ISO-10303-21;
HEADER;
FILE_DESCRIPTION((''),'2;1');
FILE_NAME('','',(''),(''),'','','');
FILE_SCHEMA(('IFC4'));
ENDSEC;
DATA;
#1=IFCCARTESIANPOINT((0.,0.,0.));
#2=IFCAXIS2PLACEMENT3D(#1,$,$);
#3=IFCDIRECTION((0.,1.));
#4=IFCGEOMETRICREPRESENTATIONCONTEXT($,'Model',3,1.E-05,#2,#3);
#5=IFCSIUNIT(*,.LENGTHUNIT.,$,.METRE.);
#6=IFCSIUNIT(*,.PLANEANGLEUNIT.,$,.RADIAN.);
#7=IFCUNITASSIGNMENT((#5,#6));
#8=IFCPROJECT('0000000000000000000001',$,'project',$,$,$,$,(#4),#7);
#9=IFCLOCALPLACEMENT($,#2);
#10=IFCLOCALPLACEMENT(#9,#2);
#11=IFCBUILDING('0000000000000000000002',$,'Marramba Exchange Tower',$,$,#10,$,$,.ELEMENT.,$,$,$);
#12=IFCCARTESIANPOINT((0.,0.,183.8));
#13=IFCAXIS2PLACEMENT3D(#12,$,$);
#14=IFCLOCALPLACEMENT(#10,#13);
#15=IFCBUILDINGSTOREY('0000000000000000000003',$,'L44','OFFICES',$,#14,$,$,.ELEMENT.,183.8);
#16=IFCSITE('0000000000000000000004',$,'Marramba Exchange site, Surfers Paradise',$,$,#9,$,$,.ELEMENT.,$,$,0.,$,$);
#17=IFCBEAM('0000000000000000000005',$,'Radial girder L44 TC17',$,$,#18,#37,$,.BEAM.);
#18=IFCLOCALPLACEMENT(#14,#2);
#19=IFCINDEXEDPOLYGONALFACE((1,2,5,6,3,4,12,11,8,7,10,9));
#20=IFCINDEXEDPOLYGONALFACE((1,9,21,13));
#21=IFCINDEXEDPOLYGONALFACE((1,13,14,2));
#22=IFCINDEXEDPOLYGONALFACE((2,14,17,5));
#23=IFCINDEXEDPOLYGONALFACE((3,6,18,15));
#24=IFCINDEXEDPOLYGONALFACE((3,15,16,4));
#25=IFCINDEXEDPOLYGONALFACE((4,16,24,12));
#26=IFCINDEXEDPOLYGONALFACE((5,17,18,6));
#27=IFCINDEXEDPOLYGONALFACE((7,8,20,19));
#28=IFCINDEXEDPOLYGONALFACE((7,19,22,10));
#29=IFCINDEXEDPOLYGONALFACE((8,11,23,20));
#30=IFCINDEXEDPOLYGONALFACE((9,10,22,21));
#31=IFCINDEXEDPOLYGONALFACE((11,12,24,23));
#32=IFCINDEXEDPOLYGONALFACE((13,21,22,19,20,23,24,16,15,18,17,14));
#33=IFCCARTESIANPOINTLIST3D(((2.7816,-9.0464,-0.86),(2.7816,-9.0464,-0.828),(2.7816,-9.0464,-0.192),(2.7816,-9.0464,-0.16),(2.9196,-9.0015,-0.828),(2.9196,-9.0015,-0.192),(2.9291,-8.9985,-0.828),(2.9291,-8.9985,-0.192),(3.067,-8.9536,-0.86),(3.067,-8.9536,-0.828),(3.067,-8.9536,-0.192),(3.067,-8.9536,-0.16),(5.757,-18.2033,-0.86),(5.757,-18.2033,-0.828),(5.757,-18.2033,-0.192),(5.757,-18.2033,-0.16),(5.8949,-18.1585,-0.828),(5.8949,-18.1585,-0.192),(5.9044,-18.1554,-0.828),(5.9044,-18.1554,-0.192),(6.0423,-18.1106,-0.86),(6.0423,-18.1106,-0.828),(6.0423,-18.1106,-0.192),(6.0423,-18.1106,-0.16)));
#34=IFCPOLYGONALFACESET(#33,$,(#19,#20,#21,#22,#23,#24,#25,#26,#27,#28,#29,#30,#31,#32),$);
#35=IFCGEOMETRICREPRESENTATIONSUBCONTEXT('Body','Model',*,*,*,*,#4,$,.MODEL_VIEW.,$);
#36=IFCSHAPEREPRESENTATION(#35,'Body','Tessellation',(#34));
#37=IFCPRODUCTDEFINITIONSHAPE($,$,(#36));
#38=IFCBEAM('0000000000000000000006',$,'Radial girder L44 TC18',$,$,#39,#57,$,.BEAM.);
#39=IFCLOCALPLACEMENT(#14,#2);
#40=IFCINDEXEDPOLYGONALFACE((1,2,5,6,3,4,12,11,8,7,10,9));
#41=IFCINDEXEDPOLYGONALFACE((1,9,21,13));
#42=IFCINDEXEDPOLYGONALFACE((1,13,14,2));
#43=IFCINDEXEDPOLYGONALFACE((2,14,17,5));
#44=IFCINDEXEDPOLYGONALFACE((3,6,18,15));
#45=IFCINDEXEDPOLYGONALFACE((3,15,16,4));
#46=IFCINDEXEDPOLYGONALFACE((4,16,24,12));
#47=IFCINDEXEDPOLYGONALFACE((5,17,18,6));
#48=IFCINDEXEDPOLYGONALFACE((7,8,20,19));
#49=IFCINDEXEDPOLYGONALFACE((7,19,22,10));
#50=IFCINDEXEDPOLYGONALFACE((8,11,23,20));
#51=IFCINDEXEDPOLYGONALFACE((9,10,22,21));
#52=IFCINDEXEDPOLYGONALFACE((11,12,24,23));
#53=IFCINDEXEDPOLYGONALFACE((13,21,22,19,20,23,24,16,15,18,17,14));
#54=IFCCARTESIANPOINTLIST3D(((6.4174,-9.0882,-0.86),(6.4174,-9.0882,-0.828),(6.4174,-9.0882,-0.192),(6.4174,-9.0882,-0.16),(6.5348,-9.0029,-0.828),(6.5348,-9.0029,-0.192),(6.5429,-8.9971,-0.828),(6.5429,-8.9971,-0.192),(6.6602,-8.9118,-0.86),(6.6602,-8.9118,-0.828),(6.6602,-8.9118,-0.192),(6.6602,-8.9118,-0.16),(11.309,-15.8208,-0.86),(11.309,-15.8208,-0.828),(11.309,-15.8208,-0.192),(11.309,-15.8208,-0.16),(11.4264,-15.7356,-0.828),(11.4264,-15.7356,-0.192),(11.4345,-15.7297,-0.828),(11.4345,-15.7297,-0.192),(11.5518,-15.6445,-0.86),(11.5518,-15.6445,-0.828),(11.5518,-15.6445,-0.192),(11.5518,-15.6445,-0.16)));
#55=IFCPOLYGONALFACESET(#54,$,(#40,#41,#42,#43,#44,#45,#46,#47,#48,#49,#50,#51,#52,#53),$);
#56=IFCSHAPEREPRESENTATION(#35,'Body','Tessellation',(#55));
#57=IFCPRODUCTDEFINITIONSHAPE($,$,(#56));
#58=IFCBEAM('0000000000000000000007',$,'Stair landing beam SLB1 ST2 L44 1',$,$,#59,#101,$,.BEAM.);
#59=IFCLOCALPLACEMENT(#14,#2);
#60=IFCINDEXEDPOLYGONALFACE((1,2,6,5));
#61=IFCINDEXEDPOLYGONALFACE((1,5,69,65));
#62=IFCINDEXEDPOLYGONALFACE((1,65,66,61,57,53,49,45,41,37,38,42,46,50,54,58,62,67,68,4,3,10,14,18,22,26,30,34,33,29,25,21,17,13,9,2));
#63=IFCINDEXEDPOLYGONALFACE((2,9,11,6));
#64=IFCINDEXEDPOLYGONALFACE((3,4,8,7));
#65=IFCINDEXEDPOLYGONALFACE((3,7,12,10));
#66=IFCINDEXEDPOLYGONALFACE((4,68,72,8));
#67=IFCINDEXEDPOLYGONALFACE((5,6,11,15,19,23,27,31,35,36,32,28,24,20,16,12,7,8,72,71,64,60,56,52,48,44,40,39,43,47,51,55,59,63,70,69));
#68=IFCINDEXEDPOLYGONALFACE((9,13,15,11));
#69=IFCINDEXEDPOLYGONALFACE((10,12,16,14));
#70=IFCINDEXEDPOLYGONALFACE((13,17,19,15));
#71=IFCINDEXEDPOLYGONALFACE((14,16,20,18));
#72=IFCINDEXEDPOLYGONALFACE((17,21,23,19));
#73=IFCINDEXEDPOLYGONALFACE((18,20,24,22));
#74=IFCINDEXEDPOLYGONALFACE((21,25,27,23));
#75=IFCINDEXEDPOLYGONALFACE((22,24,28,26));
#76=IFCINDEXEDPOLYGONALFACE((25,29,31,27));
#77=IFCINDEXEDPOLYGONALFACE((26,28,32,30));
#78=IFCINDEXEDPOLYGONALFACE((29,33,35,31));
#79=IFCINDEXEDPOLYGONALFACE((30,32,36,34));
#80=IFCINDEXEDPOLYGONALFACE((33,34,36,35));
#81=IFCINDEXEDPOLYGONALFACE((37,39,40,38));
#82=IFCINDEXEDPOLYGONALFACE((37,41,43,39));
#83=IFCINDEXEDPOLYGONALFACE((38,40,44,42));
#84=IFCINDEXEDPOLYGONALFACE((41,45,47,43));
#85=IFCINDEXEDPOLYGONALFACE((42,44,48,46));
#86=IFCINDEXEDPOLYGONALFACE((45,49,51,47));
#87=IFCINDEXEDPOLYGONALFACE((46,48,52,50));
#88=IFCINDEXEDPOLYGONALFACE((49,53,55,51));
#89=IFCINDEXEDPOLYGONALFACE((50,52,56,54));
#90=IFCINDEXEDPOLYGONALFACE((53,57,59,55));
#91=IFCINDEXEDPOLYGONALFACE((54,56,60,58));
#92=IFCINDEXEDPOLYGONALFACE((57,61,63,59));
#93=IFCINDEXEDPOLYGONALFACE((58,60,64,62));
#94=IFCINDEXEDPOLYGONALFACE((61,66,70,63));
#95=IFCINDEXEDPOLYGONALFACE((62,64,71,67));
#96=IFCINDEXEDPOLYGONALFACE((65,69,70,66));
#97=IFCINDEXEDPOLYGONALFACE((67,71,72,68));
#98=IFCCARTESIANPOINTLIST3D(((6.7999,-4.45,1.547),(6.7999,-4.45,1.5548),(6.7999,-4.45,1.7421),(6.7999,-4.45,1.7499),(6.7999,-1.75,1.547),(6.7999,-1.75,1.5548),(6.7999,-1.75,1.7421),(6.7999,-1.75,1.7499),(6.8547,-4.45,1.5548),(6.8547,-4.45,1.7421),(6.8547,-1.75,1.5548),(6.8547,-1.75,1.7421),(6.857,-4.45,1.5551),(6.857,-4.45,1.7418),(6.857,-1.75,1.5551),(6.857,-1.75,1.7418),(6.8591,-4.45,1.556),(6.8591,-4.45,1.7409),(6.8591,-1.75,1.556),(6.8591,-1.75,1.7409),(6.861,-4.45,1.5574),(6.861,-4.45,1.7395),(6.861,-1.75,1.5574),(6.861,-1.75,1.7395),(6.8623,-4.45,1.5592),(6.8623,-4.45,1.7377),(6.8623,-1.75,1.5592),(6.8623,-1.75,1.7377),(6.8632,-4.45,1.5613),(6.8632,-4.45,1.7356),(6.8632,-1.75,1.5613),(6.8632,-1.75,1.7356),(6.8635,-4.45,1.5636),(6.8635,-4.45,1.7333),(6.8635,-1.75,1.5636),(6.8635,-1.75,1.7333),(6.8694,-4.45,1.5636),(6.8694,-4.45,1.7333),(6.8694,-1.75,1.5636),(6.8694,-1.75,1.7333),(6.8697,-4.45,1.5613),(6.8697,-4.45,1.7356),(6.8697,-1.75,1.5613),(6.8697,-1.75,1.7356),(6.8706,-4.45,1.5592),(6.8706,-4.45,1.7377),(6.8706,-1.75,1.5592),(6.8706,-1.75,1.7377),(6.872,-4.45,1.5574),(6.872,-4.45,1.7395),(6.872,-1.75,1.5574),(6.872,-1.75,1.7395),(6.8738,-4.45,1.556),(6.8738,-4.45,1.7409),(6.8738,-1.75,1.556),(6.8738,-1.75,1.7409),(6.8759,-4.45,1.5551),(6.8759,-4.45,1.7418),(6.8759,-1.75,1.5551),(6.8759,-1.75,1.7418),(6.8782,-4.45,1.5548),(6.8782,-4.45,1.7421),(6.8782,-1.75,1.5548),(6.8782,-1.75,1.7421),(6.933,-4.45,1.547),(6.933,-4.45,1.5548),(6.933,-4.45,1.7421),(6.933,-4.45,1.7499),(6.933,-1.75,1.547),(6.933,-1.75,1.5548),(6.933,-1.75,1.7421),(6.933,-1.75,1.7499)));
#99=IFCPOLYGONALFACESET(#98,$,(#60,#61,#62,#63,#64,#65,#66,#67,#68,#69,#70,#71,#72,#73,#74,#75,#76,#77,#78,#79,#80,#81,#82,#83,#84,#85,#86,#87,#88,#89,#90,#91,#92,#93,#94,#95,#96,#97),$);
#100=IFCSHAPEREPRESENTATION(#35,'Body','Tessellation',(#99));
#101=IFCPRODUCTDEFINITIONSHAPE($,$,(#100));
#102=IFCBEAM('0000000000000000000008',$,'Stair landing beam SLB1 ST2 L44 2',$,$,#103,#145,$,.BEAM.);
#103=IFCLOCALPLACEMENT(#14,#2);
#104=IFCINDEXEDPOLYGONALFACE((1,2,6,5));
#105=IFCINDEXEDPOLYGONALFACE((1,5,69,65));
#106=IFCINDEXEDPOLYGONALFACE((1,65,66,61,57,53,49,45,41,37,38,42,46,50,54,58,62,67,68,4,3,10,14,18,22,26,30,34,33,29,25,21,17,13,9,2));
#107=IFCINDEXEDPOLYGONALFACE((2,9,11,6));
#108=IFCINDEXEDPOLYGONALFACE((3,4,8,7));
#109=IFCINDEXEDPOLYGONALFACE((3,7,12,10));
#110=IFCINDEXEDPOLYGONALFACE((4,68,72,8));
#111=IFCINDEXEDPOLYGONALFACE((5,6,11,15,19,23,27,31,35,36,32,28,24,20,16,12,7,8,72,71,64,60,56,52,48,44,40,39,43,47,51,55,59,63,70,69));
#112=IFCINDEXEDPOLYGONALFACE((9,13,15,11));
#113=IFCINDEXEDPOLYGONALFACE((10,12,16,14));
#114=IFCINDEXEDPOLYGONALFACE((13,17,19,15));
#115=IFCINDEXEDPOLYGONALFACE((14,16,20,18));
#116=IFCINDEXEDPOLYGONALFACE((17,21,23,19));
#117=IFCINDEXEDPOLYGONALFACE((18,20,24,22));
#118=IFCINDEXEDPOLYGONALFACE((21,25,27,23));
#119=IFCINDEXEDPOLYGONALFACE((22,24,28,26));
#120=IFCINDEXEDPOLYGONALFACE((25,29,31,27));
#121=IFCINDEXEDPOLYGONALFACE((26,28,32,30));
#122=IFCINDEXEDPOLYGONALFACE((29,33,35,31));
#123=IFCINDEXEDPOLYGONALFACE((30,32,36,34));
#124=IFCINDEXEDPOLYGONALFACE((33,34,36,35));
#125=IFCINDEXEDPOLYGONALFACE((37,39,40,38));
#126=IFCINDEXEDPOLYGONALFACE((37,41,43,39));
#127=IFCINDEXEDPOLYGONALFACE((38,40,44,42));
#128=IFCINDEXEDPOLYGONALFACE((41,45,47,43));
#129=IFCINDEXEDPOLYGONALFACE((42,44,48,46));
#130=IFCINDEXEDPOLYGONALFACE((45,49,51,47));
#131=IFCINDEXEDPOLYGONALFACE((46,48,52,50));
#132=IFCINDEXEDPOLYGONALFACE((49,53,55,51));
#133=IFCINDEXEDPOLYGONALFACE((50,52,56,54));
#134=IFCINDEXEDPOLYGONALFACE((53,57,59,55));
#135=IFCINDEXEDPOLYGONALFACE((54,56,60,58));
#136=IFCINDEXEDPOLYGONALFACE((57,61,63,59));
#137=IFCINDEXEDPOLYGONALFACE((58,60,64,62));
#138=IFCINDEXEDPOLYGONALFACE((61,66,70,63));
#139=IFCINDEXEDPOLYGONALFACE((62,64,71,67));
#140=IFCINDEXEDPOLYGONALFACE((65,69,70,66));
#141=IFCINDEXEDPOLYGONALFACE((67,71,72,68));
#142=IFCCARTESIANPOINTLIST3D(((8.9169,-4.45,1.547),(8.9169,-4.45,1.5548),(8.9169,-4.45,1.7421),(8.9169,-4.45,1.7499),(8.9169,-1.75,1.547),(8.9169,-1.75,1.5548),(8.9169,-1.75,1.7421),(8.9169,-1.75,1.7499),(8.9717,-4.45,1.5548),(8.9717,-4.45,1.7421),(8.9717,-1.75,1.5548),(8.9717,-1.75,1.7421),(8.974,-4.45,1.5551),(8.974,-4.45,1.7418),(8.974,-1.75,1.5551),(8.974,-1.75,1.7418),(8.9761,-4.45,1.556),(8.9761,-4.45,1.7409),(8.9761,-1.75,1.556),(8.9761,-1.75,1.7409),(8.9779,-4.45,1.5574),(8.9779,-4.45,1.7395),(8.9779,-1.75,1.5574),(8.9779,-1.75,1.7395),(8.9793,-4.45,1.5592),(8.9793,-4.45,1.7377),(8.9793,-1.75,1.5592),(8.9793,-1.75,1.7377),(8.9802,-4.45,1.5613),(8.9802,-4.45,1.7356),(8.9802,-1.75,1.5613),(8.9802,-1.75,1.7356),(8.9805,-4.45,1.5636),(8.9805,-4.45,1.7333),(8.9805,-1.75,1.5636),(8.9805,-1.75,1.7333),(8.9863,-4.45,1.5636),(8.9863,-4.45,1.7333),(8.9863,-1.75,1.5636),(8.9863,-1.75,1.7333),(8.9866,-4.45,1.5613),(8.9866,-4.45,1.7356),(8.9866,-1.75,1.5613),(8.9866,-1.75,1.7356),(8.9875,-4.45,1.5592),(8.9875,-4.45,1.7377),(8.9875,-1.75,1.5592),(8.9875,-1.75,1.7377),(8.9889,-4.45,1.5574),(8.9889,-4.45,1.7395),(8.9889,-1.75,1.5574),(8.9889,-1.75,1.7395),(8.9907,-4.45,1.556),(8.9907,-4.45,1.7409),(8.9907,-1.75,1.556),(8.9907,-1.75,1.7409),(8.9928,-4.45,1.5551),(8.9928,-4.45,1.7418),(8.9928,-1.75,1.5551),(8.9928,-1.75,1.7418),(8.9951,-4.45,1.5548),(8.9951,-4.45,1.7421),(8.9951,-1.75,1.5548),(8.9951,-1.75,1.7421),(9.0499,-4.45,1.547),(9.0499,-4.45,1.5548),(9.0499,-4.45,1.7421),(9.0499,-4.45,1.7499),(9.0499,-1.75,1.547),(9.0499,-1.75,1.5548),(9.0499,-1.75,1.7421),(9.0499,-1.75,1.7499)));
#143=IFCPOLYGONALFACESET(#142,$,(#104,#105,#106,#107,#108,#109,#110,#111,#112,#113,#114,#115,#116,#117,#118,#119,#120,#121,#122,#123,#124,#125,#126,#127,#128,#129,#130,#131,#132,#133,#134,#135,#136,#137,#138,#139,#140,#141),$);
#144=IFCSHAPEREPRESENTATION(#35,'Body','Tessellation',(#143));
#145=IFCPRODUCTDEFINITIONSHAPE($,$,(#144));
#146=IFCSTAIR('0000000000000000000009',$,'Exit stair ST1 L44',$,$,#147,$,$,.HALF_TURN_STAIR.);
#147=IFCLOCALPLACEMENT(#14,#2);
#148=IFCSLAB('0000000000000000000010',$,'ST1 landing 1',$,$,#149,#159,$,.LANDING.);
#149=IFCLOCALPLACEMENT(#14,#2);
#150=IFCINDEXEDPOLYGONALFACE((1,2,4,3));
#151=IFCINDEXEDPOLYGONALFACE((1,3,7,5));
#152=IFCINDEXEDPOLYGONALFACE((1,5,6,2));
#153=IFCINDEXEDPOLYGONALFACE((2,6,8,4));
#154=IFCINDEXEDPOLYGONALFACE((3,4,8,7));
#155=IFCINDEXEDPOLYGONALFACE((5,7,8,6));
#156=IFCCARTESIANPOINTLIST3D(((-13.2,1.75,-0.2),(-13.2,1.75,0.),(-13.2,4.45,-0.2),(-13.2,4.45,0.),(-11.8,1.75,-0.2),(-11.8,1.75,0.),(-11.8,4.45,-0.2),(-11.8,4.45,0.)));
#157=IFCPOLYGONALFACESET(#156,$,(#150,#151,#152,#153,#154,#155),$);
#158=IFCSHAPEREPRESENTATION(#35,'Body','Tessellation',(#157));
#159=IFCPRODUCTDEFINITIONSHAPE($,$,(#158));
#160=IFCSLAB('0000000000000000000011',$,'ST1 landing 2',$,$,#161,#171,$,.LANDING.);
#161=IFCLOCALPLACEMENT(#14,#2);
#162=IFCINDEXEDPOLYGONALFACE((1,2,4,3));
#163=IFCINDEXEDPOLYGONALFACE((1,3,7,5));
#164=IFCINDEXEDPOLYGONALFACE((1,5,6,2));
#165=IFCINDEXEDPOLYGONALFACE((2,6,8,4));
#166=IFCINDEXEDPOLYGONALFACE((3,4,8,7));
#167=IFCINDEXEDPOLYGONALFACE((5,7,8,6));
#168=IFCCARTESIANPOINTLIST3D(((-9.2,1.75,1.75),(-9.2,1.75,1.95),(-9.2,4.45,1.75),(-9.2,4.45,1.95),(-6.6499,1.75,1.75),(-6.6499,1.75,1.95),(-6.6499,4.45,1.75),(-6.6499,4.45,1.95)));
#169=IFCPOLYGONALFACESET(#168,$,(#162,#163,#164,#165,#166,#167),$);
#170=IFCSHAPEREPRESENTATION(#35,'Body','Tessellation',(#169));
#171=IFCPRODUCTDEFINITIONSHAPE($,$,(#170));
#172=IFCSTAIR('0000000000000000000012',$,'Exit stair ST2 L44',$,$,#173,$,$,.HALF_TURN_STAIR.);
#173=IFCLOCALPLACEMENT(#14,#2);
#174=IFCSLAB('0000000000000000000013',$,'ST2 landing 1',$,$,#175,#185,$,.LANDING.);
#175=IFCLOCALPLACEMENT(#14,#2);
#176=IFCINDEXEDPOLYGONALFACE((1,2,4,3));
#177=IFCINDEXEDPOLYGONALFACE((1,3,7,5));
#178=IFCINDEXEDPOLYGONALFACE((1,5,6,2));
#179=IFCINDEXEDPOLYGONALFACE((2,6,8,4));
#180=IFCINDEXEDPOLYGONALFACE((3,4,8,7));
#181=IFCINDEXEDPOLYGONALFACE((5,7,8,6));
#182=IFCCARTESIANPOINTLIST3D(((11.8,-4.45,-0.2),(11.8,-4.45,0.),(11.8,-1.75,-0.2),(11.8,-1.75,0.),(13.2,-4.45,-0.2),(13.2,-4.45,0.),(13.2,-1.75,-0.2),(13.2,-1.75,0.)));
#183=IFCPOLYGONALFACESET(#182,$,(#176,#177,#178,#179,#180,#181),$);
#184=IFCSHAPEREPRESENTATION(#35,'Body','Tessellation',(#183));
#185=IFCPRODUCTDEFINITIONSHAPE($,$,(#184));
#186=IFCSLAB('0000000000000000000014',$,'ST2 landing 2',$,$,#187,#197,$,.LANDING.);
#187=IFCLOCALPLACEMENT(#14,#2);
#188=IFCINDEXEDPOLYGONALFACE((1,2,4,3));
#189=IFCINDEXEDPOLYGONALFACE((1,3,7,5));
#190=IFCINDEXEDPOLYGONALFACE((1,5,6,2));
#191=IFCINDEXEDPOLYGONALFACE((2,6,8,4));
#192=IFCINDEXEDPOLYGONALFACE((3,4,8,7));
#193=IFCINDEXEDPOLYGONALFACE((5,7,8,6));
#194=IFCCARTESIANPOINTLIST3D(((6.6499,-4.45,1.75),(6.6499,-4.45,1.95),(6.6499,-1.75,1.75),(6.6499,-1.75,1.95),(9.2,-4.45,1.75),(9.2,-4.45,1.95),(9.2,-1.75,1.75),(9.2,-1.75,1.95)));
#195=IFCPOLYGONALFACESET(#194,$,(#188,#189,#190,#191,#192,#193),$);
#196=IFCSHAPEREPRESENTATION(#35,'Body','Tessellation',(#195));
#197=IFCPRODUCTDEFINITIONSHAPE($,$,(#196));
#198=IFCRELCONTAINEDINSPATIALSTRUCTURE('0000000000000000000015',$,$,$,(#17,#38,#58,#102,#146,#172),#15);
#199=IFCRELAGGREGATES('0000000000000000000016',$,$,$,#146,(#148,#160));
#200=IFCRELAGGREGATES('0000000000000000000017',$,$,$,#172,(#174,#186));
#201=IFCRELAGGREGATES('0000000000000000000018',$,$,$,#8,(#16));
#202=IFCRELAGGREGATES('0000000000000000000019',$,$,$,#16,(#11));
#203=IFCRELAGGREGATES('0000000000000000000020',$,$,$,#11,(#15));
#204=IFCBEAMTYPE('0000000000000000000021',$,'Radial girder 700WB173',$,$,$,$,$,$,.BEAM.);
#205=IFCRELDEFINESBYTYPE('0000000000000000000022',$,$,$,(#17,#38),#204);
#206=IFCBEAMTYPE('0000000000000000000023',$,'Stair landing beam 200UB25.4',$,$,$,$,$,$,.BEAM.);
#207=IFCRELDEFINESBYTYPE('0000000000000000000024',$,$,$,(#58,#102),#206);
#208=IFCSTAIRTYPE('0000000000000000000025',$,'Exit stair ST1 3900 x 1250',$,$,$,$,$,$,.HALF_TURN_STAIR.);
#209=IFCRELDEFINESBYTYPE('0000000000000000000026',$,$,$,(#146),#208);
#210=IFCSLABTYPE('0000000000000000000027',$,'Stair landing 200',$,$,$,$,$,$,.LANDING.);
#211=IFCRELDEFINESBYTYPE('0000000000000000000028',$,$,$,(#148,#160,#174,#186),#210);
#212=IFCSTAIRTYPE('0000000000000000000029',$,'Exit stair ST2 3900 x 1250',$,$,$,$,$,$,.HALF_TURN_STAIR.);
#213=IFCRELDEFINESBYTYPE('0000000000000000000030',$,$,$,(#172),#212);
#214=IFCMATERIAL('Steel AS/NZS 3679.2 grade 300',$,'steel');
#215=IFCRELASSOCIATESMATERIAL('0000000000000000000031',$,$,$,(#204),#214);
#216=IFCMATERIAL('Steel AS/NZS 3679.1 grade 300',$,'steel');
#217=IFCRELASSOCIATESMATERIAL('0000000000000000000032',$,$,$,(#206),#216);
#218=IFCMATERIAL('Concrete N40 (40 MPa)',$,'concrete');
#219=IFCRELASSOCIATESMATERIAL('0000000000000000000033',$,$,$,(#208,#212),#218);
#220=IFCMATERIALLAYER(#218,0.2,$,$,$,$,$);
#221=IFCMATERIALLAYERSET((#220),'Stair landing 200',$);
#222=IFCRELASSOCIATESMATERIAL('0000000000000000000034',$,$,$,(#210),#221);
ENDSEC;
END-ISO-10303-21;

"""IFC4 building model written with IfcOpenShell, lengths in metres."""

from ifc_helpers import new_model, si_unit, direction, frame, origin, origin_2d, place, context, subcontext, project, spatial, polyline, i_section, outline, extrude, material, layer, layer_set, material_profile, profile_set, type_object, element, aggregate, save


model = new_model("IFC4")

# Units and contexts
model_context = context("Model", 3, precision=1e-05, world=origin(), true_north=direction((0.0, 1.0)))
body_context = subcontext(model_context, "Body", "Model", "MODEL_VIEW")
ifc_project = project(units=[si_unit("LENGTHUNIT", "METRE"), si_unit("PLANEANGLEUNIT", "RADIAN")], contexts=[model_context])

# Site, building, storey
site_placement = place(None, origin())
site = spatial("IfcSite", under=ifc_project, at=site_placement, Name="Marramba Exchange site, Surfers Paradise", CompositionType="ELEMENT", RefElevation=0.0)
building_placement = place(site_placement, origin())
building = spatial("IfcBuilding", under=site, at=building_placement, Name="Marramba Exchange Tower", CompositionType="ELEMENT")
storey_placement = place(building_placement, frame((0.0, 0.0, 183.8)))
storey = spatial("IfcBuildingStorey", under=building, at=storey_placement, Name="L44", Description="OFFICES", CompositionType="ELEMENT", Elevation=183.8)

# Beams
ifc_material_1 = material(Name="Steel AS/NZS 3679.2 grade 300", Category="steel")
ifc_material_profile_1 = material_profile(ifc_material_1, i_section(OverallWidth=0.3, OverallDepth=0.7, WebThickness=0.01, FlangeThickness=0.032, at=origin_2d()), Name="700WB173")
ifc_profile_set_1 = profile_set([ifc_material_profile_1], Name="Steel AS/NZS 3679.2 grade 300")
beam_type_1 = type_object("IfcBeamType", Name="Radial girder 700WB173", PredefinedType="BEAM", material=ifc_profile_set_1)
beam_1_placement = place(storey_placement, frame((2.9243, -9.0, -0.51), z_axis=(0.309022, -0.951055, 0.0), x_axis=(0.951055, 0.309022, 0.0)))
element("IfcBeam", 1, at=beam_1_placement, inside=storey, type_object=beam_type_1, Name="Radial girder L44 TC17", PredefinedType="BEAM", context=body_context, shape_type="SweptSolid", body=[
    extrude(i_section(OverallWidth=0.3, OverallDepth=0.7, WebThickness=0.01, FlangeThickness=0.032, at=origin_2d()), origin(), (0.0, 0.0, 1.0), 9.6282),
])
beam_2_placement = place(storey_placement, frame((6.5388, -9.0, -0.51), z_axis=(0.587788, -0.809015, 0.0), x_axis=(0.809015, 0.587788, 0.0)))
element("IfcBeam", 2, at=beam_2_placement, inside=storey, type_object=beam_type_1, Name="Radial girder L44 TC18", PredefinedType="BEAM", context=body_context, shape_type="SweptSolid", body=[
    extrude(i_section(OverallWidth=0.3, OverallDepth=0.7, WebThickness=0.01, FlangeThickness=0.032, at=origin_2d()), origin(), (0.0, 0.0, 1.0), 8.322),
])
ifc_material_2 = material(Name="Steel AS/NZS 3679.1 grade 300", Category="steel")
ifc_material_profile_2 = material_profile(ifc_material_2, i_section(OverallWidth=0.1331, OverallDepth=0.2029, WebThickness=0.0059, FlangeThickness=0.0078, FilletRadius=0.0088, at=origin_2d()), Name="200UB25.4")
ifc_profile_set_2 = profile_set([ifc_material_profile_2], Name="Steel AS/NZS 3679.1 grade 300")
beam_type_2 = type_object("IfcBeamType", Name="Stair landing beam 200UB25.4", PredefinedType="BEAM", material=ifc_profile_set_2)
for number, where, z_axis, x_axis, name in (
    (3, (6.8665, -4.45, 1.6484), (0.0, 1.0, 0.0), (-1.0, 0.0, 0.0), "Stair landing beam SLB1 ST2 L44 1"),
    (4, (8.9834, -4.45, 1.6484), (0.0, 1.0, 0.0), (-1.0, 0.0, 0.0), "Stair landing beam SLB1 ST2 L44 2"),
):
    element("IfcBeam", number, at=place(storey_placement, frame(where, z_axis=z_axis, x_axis=x_axis)), inside=storey, type_object=beam_type_2, Name=name, PredefinedType="BEAM", context=body_context, shape_type="SweptSolid", body=[
        extrude(i_section(OverallWidth=0.1331, OverallDepth=0.2029, WebThickness=0.0059, FlangeThickness=0.0078, FilletRadius=0.0088, at=origin_2d()), origin(), (0.0, 0.0, 1.0), 2.7),
    ])

# Stairs, slabs
ifc_material_3 = material(Name="Concrete N40 (40 MPa)", Category="concrete")
stair_type_1 = type_object("IfcStairType", Name="Exit stair ST1 3900 x 1250", PredefinedType="HALF_TURN_STAIR", material=ifc_material_3)
stair_1_placement = place(storey_placement, origin())
stair_1 = element("IfcStair", 5, at=stair_1_placement, inside=storey, type_object=stair_type_1, Name="Exit stair ST1 L44", PredefinedType="HALF_TURN_STAIR")
ifc_layer_1 = layer(ifc_material_3, 0.2)
ifc_layer_set_1 = layer_set([ifc_layer_1], Name="Stair landing 200")
slab_type = type_object("IfcSlabType", Name="Stair landing 200", PredefinedType="LANDING", material=ifc_layer_set_1)
slab_1_placement = place(storey_placement, frame((0.0, 0.0, -0.2)))
slab_1 = element("IfcSlab", 6, at=slab_1_placement, type_object=slab_type, Name="ST1 landing 1", PredefinedType="LANDING", context=body_context, shape_type="SweptSolid", body=[
    extrude(outline(polyline([(-13.2, 1.75), (-11.8, 1.75), (-11.8, 4.45), (-13.2, 4.45), (-13.2, 1.75)])), origin(), (0.0, 0.0, 1.0), 0.2),
])
slab_2_placement = place(storey_placement, frame((0.0, 0.0, 1.75)))
slab_2 = element("IfcSlab", 7, at=slab_2_placement, type_object=slab_type, Name="ST1 landing 2", PredefinedType="LANDING", context=body_context, shape_type="SweptSolid", body=[
    extrude(outline(polyline([(-9.2, 1.75), (-6.6499, 1.75), (-6.6499, 4.45), (-9.2, 4.45), (-9.2, 1.75)])), origin(), (0.0, 0.0, 1.0), 0.2),
])
aggregate(stair_1, [slab_1, slab_2])
stair_type_2 = type_object("IfcStairType", Name="Exit stair ST2 3900 x 1250", PredefinedType="HALF_TURN_STAIR", material=ifc_material_3)
stair_2_placement = place(storey_placement, origin())
stair_2 = element("IfcStair", 8, at=stair_2_placement, inside=storey, type_object=stair_type_2, Name="Exit stair ST2 L44", PredefinedType="HALF_TURN_STAIR")
slab_3_placement = place(storey_placement, frame((0.0, 0.0, -0.2)))
slab_3 = element("IfcSlab", 9, at=slab_3_placement, type_object=slab_type, Name="ST2 landing 1", PredefinedType="LANDING", context=body_context, shape_type="SweptSolid", body=[
    extrude(outline(polyline([(11.8, -4.45), (13.2, -4.45), (13.2, -1.75), (11.8, -1.75), (11.8, -4.45)])), origin(), (0.0, 0.0, 1.0), 0.2),
])
slab_4_placement = place(storey_placement, frame((0.0, 0.0, 1.75)))
slab_4 = element("IfcSlab", 10, at=slab_4_placement, type_object=slab_type, Name="ST2 landing 2", PredefinedType="LANDING", context=body_context, shape_type="SweptSolid", body=[
    extrude(outline(polyline([(6.6499, -4.45), (9.2, -4.45), (9.2, -1.75), (6.6499, -1.75), (6.6499, -4.45)])), origin(), (0.0, 0.0, 1.0), 0.2),
])

aggregate(stair_2, [slab_3, slab_4])

save(model, "model.ifc")
